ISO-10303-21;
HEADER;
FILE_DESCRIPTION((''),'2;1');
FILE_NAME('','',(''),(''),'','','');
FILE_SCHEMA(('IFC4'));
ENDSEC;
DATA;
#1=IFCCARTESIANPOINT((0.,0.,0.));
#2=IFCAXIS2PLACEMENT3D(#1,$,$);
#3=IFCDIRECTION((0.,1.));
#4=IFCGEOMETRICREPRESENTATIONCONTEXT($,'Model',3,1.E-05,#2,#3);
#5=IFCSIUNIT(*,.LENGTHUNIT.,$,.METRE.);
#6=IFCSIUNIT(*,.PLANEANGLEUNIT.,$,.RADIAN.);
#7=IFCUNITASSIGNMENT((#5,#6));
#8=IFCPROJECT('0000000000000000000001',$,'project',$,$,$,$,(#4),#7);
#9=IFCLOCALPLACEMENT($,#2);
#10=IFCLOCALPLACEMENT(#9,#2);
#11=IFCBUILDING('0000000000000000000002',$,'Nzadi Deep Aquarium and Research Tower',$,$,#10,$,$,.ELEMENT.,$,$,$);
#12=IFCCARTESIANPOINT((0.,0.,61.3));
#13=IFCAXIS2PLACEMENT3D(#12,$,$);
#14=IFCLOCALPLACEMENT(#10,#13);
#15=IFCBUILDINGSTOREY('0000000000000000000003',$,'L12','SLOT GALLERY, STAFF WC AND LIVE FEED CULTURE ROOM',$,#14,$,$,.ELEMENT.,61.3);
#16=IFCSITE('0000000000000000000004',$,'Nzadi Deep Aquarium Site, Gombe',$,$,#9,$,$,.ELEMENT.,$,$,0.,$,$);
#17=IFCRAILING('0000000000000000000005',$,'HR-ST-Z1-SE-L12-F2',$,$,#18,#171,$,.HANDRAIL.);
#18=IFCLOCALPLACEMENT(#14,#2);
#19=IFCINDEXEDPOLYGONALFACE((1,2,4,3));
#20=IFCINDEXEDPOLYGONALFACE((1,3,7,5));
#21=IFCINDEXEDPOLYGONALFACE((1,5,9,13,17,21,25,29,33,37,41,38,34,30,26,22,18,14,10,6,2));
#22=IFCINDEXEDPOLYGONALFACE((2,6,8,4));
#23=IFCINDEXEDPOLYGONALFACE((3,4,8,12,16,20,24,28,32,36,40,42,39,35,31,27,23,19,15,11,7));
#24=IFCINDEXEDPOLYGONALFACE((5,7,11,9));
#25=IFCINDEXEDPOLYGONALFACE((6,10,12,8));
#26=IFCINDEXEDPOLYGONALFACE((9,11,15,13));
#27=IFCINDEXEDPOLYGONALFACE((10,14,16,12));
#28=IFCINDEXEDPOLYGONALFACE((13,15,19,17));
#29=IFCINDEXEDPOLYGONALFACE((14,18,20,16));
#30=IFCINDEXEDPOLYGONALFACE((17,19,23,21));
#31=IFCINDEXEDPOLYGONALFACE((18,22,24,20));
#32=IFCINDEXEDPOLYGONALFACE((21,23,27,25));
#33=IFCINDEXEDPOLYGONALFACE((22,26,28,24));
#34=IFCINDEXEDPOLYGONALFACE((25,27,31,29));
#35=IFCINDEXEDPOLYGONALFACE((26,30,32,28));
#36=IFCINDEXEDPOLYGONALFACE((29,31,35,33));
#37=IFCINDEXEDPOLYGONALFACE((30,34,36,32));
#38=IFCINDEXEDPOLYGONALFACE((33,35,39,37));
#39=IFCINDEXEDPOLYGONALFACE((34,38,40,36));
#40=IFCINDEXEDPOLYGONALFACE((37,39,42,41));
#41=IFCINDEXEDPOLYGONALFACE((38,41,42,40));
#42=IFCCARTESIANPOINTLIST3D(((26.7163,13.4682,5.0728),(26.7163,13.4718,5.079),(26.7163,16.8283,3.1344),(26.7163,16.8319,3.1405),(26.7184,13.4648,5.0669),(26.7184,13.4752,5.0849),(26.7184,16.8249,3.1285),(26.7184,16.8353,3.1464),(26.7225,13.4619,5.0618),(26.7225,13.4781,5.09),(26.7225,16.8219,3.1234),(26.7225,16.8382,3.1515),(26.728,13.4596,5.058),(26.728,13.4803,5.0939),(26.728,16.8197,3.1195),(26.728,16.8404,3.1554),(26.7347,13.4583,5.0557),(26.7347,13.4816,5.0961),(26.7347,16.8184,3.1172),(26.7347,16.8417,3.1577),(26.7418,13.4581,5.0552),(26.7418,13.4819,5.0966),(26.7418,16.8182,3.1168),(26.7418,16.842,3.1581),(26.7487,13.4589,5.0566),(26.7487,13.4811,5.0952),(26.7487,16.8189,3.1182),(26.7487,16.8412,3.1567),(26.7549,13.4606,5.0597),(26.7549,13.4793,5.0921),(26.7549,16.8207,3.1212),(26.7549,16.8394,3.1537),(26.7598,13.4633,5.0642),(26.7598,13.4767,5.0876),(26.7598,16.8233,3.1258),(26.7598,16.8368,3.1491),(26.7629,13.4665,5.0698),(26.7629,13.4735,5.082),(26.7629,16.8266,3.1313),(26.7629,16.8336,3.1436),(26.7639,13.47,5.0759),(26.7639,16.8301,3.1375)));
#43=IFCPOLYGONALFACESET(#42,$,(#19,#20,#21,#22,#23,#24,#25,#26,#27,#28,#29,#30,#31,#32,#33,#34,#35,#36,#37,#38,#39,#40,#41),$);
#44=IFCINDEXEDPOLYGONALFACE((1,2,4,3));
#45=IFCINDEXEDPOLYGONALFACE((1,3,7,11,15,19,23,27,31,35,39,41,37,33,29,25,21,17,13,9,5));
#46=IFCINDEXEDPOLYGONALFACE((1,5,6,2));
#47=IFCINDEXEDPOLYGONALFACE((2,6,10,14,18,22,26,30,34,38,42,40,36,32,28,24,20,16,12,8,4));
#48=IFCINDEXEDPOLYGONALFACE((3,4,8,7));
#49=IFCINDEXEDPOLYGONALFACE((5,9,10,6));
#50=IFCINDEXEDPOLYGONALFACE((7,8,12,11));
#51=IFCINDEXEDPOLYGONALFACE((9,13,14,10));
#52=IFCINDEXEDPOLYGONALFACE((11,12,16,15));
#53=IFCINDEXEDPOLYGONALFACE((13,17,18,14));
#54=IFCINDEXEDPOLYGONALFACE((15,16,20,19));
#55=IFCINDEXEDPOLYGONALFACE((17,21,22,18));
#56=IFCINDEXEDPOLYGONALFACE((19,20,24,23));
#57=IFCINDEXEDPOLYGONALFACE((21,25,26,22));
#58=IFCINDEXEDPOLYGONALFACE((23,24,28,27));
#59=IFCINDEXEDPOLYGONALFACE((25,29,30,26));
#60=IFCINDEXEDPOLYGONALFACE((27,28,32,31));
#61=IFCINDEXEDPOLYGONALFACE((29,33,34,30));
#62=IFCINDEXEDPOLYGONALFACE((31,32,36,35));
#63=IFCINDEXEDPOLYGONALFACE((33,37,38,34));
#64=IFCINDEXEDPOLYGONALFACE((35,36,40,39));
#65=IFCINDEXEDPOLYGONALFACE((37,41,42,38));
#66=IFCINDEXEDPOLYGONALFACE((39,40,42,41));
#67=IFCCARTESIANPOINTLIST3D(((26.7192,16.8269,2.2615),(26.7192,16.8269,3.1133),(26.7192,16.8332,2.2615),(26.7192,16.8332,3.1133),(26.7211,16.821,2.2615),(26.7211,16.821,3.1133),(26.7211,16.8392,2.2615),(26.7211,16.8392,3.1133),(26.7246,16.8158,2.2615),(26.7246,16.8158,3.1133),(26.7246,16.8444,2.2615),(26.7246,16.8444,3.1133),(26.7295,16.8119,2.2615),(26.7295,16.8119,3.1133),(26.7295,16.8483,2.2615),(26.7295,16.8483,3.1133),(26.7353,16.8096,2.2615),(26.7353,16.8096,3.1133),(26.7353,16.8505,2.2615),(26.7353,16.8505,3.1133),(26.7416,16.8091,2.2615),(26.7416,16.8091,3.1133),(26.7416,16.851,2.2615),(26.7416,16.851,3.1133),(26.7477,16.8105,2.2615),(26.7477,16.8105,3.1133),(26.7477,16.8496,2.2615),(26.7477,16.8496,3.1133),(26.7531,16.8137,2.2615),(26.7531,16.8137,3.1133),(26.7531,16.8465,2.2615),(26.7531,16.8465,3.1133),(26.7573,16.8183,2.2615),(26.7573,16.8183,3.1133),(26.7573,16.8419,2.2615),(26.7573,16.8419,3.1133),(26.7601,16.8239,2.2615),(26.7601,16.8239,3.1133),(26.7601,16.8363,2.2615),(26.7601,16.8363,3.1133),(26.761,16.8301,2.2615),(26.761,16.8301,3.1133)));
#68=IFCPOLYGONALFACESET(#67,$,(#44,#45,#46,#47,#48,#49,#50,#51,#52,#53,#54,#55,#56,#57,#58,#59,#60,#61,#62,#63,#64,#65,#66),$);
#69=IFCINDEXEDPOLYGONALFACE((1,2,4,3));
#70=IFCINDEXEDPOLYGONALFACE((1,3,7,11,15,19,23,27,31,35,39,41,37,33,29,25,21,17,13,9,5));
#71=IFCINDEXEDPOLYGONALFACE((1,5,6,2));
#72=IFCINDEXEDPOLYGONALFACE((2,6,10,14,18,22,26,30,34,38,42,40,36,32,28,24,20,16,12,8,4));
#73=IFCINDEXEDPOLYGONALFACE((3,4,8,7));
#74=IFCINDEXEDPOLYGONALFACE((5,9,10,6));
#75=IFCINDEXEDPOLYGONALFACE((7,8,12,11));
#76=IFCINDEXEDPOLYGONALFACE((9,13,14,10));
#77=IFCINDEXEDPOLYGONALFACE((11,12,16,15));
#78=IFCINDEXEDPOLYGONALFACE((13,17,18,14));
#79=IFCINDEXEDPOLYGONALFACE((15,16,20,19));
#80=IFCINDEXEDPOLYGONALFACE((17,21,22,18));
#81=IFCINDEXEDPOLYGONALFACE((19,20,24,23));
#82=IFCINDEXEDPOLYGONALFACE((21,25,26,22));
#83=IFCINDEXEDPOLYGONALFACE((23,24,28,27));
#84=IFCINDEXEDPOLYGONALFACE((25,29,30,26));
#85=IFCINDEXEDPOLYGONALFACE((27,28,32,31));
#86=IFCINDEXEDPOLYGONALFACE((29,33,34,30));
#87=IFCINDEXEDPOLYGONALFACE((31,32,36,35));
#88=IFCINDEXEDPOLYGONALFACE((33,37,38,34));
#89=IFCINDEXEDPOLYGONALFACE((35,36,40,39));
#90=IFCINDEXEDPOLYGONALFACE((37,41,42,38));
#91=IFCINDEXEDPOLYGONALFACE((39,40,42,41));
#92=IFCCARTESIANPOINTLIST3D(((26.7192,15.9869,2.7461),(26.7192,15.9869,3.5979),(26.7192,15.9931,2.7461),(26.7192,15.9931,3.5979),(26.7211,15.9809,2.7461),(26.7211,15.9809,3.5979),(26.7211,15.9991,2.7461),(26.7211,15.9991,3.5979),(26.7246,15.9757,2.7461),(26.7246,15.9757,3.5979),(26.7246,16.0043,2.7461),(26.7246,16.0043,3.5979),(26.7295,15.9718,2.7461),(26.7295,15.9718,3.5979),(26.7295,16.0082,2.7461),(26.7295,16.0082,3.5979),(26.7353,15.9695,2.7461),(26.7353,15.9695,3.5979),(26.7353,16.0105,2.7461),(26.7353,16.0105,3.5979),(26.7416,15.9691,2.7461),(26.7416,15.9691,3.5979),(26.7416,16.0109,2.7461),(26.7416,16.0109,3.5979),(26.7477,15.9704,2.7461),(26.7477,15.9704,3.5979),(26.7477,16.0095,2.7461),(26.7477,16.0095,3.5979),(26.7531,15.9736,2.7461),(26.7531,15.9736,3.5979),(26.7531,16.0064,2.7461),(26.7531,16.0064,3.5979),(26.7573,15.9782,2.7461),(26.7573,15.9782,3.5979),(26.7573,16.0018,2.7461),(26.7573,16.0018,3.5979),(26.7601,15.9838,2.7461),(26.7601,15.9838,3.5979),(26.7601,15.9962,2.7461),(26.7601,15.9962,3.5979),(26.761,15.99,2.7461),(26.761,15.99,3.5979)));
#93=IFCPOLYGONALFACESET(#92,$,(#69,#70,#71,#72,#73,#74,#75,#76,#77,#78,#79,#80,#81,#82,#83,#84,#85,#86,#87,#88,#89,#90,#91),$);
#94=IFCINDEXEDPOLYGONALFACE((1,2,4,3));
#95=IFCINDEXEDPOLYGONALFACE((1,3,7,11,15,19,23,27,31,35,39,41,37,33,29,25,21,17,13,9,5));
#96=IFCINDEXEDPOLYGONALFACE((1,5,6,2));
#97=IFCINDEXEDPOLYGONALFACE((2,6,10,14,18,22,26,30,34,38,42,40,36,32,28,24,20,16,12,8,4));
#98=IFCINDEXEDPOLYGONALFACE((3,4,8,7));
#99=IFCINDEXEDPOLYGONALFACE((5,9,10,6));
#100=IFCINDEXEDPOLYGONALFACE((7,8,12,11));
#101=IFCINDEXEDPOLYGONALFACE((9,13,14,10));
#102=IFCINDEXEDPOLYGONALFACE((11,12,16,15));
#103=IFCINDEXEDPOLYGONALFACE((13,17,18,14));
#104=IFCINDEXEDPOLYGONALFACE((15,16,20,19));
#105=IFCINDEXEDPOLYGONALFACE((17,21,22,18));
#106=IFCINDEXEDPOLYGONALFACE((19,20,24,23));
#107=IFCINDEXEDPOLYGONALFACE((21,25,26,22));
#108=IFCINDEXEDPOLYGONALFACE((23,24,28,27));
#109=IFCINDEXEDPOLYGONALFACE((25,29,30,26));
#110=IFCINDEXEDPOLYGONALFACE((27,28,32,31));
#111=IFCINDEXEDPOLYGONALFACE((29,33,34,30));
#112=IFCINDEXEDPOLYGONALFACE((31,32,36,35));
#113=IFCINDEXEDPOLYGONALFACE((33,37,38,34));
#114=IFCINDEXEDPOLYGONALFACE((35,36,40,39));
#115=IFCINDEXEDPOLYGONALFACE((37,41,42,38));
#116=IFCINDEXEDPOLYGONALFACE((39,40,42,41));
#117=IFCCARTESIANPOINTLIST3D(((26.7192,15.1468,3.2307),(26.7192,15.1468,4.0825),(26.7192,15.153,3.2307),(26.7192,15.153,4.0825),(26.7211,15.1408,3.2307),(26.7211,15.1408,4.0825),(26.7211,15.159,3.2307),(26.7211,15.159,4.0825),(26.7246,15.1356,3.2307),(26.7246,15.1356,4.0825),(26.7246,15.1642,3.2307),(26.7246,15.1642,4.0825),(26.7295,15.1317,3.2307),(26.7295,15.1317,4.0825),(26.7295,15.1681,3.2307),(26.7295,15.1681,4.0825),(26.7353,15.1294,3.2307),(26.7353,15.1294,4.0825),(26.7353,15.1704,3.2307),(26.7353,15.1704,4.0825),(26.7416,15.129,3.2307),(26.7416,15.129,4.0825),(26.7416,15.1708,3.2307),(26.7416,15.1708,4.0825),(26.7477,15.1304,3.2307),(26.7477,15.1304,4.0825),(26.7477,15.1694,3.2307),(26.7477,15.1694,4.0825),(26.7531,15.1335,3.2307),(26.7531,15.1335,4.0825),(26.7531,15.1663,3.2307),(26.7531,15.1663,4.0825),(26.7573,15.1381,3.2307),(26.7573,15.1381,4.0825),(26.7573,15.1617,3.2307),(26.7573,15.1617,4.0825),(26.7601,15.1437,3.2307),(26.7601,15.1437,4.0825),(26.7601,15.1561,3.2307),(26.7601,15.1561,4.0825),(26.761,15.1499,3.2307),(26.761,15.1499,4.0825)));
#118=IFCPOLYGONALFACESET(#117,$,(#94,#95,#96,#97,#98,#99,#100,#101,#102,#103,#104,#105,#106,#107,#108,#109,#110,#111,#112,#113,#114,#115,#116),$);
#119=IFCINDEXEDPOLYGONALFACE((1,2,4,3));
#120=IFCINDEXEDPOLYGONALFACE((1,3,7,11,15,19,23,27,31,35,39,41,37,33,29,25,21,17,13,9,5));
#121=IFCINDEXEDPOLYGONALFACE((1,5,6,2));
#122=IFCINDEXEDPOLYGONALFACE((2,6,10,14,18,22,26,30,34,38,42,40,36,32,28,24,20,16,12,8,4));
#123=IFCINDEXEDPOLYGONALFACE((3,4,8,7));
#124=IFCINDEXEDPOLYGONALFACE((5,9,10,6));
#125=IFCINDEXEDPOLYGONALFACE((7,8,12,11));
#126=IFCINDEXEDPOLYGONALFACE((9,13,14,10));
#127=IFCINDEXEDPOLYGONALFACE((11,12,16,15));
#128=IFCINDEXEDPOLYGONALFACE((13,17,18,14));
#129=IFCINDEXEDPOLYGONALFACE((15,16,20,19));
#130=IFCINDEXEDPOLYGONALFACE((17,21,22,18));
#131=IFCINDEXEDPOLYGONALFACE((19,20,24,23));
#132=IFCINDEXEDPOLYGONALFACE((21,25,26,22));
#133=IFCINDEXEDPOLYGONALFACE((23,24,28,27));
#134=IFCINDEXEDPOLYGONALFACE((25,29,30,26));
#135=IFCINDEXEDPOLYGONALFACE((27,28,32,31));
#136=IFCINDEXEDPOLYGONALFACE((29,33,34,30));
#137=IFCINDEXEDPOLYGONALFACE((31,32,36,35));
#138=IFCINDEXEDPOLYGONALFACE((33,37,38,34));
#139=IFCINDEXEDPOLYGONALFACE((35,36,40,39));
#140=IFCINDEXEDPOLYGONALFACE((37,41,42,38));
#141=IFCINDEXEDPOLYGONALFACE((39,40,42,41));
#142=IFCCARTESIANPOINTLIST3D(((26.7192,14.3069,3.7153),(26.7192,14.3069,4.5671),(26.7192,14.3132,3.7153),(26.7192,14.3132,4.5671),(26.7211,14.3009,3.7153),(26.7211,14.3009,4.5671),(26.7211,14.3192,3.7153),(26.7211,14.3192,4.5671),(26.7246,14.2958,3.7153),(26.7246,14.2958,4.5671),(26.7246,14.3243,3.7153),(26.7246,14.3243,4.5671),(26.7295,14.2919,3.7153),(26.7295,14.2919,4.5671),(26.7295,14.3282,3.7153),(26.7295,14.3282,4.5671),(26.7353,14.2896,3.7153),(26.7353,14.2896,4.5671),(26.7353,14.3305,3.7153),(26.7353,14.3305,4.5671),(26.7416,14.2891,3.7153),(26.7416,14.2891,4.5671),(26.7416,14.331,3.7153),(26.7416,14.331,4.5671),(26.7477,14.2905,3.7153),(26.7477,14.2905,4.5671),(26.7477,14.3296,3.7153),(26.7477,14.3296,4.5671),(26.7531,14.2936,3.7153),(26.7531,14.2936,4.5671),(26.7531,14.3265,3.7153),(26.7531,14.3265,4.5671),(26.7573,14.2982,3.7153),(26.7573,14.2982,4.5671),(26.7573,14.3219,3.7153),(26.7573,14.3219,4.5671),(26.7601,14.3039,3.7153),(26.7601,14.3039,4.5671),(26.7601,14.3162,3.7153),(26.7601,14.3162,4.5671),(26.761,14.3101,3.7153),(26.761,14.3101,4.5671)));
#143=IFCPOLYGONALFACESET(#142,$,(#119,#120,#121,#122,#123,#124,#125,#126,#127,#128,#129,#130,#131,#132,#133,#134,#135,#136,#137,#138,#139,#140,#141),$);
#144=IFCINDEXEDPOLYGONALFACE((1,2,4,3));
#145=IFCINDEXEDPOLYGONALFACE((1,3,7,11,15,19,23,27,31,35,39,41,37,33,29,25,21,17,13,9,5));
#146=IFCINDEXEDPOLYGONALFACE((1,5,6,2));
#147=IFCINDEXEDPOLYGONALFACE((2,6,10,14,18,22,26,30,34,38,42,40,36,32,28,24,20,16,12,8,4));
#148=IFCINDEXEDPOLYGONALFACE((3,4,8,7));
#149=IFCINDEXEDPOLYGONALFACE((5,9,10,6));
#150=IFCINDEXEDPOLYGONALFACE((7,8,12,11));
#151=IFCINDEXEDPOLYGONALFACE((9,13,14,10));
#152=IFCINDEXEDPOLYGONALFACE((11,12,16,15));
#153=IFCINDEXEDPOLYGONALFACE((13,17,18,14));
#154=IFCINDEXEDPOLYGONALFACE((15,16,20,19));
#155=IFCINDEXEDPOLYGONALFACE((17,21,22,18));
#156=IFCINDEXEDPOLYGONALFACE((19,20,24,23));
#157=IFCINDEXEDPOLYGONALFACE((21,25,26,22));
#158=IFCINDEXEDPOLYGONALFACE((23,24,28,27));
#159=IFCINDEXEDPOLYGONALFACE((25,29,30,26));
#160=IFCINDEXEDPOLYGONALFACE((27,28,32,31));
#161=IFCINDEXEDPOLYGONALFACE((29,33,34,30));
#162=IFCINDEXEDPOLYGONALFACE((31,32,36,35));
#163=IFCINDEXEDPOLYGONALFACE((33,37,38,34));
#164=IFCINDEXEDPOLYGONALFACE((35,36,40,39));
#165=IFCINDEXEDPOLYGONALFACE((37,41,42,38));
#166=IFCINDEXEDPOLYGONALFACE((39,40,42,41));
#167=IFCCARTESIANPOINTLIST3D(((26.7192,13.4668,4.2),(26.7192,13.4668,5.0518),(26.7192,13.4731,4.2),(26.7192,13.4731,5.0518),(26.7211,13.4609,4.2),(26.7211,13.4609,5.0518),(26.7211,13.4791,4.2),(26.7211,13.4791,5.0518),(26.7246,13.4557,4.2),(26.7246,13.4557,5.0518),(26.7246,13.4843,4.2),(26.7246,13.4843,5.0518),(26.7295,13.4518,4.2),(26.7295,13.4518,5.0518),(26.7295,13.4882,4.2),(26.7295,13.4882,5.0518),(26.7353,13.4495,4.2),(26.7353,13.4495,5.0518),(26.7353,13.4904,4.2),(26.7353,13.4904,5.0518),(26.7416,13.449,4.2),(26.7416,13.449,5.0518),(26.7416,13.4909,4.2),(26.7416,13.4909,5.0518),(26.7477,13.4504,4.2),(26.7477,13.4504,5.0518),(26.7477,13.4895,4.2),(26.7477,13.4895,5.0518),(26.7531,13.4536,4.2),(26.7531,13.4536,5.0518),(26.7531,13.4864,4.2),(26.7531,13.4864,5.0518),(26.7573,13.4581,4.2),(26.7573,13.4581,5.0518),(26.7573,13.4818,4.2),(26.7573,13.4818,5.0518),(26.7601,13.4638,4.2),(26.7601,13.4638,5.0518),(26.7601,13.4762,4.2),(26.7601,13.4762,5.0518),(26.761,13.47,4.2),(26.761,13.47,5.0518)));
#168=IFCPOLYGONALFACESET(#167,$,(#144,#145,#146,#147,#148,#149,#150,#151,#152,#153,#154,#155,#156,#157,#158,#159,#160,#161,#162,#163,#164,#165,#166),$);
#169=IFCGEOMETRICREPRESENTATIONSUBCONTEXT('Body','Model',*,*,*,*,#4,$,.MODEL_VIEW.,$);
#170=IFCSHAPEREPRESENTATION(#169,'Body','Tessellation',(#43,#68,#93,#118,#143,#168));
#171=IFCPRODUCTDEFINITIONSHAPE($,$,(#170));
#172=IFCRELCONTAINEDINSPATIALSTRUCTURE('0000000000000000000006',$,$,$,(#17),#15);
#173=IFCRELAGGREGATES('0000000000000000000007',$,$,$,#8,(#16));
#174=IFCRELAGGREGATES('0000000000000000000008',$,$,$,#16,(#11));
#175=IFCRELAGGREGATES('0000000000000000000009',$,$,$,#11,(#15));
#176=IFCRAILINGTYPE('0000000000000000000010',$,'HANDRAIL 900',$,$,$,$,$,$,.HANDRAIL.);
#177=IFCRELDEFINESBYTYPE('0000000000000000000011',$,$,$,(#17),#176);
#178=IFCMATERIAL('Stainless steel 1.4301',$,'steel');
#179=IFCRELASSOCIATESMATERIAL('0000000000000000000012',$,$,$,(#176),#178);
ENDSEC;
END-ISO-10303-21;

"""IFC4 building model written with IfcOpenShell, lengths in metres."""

from ifc_helpers import new_model, si_unit, direction, frame, origin, origin_2d, place, context, subcontext, project, spatial, circle, extrude, material, type_object, element, save


model = new_model("IFC4")

# Units and contexts
model_context = context("Model", 3, precision=1e-05, world=origin(), true_north=direction((0.0, 1.0)))
body_context = subcontext(model_context, "Body", "Model", "MODEL_VIEW")
ifc_project = project(units=[si_unit("LENGTHUNIT", "METRE"), si_unit("PLANEANGLEUNIT", "RADIAN")], contexts=[model_context])

# Site, building, storey
site_placement = place(None, origin())
site = spatial("IfcSite", under=ifc_project, at=site_placement, Name="Nzadi Deep Aquarium Site, Gombe", CompositionType="ELEMENT", RefElevation=0.0)
building_placement = place(site_placement, origin())
building = spatial("IfcBuilding", under=site, at=building_placement, Name="Nzadi Deep Aquarium and Research Tower", CompositionType="ELEMENT")
storey_placement = place(building_placement, frame((0.0, 0.0, 61.3)))
storey = spatial("IfcBuildingStorey", under=building, at=storey_placement, Name="L12", Description="SLOT GALLERY, STAFF WC AND LIVE FEED CULTURE ROOM", CompositionType="ELEMENT", Elevation=61.3)

# Railing
ifc_material_1 = material(Name="Stainless steel 1.4301", Category="steel")
railing_type = type_object("IfcRailingType", Name="HANDRAIL 900", PredefinedType="HANDRAIL", material=ifc_material_1)
for number, where, name in (
    (1, (26.74, 16.8301, 2.2615), "HR-ST-Z1-SE-L12-F2"),
):
    element("IfcRailing", number, at=place(storey_placement, frame(where)), inside=storey, type_object=railing_type, Name=name, PredefinedType="HANDRAIL", context=body_context, shape_type="SweptSolid", body=[
        extrude(circle(Radius=0.0239, at=origin_2d()), frame((0.0, 0.0, 0.876), z_axis=(0.0, -0.866191, 0.499713), x_axis=(1.0, 0.0, 0.0)), (0.0, 0.0, 1.0), 3.8792),
        extrude(circle(Radius=0.021, at=origin_2d()), origin(), (0.0, 0.0, 1.0), 0.8518),
        extrude(circle(Radius=0.021, at=origin_2d()), frame((0.0, -0.8401, 0.4846)), (0.0, 0.0, 1.0), 0.8518),
        extrude(circle(Radius=0.021, at=origin_2d()), frame((0.0, -1.6802, 0.9692)), (0.0, 0.0, 1.0), 0.8518),
        extrude(circle(Radius=0.021, at=origin_2d()), frame((0.0, -2.52, 1.4539)), (0.0, 0.0, 1.0), 0.8518),
        extrude(circle(Radius=0.021, at=origin_2d()), frame((0.0, -3.3601, 1.9385)), (0.0, 0.0, 1.0), 0.8518),
    ])

save(model, "model.ifc")
